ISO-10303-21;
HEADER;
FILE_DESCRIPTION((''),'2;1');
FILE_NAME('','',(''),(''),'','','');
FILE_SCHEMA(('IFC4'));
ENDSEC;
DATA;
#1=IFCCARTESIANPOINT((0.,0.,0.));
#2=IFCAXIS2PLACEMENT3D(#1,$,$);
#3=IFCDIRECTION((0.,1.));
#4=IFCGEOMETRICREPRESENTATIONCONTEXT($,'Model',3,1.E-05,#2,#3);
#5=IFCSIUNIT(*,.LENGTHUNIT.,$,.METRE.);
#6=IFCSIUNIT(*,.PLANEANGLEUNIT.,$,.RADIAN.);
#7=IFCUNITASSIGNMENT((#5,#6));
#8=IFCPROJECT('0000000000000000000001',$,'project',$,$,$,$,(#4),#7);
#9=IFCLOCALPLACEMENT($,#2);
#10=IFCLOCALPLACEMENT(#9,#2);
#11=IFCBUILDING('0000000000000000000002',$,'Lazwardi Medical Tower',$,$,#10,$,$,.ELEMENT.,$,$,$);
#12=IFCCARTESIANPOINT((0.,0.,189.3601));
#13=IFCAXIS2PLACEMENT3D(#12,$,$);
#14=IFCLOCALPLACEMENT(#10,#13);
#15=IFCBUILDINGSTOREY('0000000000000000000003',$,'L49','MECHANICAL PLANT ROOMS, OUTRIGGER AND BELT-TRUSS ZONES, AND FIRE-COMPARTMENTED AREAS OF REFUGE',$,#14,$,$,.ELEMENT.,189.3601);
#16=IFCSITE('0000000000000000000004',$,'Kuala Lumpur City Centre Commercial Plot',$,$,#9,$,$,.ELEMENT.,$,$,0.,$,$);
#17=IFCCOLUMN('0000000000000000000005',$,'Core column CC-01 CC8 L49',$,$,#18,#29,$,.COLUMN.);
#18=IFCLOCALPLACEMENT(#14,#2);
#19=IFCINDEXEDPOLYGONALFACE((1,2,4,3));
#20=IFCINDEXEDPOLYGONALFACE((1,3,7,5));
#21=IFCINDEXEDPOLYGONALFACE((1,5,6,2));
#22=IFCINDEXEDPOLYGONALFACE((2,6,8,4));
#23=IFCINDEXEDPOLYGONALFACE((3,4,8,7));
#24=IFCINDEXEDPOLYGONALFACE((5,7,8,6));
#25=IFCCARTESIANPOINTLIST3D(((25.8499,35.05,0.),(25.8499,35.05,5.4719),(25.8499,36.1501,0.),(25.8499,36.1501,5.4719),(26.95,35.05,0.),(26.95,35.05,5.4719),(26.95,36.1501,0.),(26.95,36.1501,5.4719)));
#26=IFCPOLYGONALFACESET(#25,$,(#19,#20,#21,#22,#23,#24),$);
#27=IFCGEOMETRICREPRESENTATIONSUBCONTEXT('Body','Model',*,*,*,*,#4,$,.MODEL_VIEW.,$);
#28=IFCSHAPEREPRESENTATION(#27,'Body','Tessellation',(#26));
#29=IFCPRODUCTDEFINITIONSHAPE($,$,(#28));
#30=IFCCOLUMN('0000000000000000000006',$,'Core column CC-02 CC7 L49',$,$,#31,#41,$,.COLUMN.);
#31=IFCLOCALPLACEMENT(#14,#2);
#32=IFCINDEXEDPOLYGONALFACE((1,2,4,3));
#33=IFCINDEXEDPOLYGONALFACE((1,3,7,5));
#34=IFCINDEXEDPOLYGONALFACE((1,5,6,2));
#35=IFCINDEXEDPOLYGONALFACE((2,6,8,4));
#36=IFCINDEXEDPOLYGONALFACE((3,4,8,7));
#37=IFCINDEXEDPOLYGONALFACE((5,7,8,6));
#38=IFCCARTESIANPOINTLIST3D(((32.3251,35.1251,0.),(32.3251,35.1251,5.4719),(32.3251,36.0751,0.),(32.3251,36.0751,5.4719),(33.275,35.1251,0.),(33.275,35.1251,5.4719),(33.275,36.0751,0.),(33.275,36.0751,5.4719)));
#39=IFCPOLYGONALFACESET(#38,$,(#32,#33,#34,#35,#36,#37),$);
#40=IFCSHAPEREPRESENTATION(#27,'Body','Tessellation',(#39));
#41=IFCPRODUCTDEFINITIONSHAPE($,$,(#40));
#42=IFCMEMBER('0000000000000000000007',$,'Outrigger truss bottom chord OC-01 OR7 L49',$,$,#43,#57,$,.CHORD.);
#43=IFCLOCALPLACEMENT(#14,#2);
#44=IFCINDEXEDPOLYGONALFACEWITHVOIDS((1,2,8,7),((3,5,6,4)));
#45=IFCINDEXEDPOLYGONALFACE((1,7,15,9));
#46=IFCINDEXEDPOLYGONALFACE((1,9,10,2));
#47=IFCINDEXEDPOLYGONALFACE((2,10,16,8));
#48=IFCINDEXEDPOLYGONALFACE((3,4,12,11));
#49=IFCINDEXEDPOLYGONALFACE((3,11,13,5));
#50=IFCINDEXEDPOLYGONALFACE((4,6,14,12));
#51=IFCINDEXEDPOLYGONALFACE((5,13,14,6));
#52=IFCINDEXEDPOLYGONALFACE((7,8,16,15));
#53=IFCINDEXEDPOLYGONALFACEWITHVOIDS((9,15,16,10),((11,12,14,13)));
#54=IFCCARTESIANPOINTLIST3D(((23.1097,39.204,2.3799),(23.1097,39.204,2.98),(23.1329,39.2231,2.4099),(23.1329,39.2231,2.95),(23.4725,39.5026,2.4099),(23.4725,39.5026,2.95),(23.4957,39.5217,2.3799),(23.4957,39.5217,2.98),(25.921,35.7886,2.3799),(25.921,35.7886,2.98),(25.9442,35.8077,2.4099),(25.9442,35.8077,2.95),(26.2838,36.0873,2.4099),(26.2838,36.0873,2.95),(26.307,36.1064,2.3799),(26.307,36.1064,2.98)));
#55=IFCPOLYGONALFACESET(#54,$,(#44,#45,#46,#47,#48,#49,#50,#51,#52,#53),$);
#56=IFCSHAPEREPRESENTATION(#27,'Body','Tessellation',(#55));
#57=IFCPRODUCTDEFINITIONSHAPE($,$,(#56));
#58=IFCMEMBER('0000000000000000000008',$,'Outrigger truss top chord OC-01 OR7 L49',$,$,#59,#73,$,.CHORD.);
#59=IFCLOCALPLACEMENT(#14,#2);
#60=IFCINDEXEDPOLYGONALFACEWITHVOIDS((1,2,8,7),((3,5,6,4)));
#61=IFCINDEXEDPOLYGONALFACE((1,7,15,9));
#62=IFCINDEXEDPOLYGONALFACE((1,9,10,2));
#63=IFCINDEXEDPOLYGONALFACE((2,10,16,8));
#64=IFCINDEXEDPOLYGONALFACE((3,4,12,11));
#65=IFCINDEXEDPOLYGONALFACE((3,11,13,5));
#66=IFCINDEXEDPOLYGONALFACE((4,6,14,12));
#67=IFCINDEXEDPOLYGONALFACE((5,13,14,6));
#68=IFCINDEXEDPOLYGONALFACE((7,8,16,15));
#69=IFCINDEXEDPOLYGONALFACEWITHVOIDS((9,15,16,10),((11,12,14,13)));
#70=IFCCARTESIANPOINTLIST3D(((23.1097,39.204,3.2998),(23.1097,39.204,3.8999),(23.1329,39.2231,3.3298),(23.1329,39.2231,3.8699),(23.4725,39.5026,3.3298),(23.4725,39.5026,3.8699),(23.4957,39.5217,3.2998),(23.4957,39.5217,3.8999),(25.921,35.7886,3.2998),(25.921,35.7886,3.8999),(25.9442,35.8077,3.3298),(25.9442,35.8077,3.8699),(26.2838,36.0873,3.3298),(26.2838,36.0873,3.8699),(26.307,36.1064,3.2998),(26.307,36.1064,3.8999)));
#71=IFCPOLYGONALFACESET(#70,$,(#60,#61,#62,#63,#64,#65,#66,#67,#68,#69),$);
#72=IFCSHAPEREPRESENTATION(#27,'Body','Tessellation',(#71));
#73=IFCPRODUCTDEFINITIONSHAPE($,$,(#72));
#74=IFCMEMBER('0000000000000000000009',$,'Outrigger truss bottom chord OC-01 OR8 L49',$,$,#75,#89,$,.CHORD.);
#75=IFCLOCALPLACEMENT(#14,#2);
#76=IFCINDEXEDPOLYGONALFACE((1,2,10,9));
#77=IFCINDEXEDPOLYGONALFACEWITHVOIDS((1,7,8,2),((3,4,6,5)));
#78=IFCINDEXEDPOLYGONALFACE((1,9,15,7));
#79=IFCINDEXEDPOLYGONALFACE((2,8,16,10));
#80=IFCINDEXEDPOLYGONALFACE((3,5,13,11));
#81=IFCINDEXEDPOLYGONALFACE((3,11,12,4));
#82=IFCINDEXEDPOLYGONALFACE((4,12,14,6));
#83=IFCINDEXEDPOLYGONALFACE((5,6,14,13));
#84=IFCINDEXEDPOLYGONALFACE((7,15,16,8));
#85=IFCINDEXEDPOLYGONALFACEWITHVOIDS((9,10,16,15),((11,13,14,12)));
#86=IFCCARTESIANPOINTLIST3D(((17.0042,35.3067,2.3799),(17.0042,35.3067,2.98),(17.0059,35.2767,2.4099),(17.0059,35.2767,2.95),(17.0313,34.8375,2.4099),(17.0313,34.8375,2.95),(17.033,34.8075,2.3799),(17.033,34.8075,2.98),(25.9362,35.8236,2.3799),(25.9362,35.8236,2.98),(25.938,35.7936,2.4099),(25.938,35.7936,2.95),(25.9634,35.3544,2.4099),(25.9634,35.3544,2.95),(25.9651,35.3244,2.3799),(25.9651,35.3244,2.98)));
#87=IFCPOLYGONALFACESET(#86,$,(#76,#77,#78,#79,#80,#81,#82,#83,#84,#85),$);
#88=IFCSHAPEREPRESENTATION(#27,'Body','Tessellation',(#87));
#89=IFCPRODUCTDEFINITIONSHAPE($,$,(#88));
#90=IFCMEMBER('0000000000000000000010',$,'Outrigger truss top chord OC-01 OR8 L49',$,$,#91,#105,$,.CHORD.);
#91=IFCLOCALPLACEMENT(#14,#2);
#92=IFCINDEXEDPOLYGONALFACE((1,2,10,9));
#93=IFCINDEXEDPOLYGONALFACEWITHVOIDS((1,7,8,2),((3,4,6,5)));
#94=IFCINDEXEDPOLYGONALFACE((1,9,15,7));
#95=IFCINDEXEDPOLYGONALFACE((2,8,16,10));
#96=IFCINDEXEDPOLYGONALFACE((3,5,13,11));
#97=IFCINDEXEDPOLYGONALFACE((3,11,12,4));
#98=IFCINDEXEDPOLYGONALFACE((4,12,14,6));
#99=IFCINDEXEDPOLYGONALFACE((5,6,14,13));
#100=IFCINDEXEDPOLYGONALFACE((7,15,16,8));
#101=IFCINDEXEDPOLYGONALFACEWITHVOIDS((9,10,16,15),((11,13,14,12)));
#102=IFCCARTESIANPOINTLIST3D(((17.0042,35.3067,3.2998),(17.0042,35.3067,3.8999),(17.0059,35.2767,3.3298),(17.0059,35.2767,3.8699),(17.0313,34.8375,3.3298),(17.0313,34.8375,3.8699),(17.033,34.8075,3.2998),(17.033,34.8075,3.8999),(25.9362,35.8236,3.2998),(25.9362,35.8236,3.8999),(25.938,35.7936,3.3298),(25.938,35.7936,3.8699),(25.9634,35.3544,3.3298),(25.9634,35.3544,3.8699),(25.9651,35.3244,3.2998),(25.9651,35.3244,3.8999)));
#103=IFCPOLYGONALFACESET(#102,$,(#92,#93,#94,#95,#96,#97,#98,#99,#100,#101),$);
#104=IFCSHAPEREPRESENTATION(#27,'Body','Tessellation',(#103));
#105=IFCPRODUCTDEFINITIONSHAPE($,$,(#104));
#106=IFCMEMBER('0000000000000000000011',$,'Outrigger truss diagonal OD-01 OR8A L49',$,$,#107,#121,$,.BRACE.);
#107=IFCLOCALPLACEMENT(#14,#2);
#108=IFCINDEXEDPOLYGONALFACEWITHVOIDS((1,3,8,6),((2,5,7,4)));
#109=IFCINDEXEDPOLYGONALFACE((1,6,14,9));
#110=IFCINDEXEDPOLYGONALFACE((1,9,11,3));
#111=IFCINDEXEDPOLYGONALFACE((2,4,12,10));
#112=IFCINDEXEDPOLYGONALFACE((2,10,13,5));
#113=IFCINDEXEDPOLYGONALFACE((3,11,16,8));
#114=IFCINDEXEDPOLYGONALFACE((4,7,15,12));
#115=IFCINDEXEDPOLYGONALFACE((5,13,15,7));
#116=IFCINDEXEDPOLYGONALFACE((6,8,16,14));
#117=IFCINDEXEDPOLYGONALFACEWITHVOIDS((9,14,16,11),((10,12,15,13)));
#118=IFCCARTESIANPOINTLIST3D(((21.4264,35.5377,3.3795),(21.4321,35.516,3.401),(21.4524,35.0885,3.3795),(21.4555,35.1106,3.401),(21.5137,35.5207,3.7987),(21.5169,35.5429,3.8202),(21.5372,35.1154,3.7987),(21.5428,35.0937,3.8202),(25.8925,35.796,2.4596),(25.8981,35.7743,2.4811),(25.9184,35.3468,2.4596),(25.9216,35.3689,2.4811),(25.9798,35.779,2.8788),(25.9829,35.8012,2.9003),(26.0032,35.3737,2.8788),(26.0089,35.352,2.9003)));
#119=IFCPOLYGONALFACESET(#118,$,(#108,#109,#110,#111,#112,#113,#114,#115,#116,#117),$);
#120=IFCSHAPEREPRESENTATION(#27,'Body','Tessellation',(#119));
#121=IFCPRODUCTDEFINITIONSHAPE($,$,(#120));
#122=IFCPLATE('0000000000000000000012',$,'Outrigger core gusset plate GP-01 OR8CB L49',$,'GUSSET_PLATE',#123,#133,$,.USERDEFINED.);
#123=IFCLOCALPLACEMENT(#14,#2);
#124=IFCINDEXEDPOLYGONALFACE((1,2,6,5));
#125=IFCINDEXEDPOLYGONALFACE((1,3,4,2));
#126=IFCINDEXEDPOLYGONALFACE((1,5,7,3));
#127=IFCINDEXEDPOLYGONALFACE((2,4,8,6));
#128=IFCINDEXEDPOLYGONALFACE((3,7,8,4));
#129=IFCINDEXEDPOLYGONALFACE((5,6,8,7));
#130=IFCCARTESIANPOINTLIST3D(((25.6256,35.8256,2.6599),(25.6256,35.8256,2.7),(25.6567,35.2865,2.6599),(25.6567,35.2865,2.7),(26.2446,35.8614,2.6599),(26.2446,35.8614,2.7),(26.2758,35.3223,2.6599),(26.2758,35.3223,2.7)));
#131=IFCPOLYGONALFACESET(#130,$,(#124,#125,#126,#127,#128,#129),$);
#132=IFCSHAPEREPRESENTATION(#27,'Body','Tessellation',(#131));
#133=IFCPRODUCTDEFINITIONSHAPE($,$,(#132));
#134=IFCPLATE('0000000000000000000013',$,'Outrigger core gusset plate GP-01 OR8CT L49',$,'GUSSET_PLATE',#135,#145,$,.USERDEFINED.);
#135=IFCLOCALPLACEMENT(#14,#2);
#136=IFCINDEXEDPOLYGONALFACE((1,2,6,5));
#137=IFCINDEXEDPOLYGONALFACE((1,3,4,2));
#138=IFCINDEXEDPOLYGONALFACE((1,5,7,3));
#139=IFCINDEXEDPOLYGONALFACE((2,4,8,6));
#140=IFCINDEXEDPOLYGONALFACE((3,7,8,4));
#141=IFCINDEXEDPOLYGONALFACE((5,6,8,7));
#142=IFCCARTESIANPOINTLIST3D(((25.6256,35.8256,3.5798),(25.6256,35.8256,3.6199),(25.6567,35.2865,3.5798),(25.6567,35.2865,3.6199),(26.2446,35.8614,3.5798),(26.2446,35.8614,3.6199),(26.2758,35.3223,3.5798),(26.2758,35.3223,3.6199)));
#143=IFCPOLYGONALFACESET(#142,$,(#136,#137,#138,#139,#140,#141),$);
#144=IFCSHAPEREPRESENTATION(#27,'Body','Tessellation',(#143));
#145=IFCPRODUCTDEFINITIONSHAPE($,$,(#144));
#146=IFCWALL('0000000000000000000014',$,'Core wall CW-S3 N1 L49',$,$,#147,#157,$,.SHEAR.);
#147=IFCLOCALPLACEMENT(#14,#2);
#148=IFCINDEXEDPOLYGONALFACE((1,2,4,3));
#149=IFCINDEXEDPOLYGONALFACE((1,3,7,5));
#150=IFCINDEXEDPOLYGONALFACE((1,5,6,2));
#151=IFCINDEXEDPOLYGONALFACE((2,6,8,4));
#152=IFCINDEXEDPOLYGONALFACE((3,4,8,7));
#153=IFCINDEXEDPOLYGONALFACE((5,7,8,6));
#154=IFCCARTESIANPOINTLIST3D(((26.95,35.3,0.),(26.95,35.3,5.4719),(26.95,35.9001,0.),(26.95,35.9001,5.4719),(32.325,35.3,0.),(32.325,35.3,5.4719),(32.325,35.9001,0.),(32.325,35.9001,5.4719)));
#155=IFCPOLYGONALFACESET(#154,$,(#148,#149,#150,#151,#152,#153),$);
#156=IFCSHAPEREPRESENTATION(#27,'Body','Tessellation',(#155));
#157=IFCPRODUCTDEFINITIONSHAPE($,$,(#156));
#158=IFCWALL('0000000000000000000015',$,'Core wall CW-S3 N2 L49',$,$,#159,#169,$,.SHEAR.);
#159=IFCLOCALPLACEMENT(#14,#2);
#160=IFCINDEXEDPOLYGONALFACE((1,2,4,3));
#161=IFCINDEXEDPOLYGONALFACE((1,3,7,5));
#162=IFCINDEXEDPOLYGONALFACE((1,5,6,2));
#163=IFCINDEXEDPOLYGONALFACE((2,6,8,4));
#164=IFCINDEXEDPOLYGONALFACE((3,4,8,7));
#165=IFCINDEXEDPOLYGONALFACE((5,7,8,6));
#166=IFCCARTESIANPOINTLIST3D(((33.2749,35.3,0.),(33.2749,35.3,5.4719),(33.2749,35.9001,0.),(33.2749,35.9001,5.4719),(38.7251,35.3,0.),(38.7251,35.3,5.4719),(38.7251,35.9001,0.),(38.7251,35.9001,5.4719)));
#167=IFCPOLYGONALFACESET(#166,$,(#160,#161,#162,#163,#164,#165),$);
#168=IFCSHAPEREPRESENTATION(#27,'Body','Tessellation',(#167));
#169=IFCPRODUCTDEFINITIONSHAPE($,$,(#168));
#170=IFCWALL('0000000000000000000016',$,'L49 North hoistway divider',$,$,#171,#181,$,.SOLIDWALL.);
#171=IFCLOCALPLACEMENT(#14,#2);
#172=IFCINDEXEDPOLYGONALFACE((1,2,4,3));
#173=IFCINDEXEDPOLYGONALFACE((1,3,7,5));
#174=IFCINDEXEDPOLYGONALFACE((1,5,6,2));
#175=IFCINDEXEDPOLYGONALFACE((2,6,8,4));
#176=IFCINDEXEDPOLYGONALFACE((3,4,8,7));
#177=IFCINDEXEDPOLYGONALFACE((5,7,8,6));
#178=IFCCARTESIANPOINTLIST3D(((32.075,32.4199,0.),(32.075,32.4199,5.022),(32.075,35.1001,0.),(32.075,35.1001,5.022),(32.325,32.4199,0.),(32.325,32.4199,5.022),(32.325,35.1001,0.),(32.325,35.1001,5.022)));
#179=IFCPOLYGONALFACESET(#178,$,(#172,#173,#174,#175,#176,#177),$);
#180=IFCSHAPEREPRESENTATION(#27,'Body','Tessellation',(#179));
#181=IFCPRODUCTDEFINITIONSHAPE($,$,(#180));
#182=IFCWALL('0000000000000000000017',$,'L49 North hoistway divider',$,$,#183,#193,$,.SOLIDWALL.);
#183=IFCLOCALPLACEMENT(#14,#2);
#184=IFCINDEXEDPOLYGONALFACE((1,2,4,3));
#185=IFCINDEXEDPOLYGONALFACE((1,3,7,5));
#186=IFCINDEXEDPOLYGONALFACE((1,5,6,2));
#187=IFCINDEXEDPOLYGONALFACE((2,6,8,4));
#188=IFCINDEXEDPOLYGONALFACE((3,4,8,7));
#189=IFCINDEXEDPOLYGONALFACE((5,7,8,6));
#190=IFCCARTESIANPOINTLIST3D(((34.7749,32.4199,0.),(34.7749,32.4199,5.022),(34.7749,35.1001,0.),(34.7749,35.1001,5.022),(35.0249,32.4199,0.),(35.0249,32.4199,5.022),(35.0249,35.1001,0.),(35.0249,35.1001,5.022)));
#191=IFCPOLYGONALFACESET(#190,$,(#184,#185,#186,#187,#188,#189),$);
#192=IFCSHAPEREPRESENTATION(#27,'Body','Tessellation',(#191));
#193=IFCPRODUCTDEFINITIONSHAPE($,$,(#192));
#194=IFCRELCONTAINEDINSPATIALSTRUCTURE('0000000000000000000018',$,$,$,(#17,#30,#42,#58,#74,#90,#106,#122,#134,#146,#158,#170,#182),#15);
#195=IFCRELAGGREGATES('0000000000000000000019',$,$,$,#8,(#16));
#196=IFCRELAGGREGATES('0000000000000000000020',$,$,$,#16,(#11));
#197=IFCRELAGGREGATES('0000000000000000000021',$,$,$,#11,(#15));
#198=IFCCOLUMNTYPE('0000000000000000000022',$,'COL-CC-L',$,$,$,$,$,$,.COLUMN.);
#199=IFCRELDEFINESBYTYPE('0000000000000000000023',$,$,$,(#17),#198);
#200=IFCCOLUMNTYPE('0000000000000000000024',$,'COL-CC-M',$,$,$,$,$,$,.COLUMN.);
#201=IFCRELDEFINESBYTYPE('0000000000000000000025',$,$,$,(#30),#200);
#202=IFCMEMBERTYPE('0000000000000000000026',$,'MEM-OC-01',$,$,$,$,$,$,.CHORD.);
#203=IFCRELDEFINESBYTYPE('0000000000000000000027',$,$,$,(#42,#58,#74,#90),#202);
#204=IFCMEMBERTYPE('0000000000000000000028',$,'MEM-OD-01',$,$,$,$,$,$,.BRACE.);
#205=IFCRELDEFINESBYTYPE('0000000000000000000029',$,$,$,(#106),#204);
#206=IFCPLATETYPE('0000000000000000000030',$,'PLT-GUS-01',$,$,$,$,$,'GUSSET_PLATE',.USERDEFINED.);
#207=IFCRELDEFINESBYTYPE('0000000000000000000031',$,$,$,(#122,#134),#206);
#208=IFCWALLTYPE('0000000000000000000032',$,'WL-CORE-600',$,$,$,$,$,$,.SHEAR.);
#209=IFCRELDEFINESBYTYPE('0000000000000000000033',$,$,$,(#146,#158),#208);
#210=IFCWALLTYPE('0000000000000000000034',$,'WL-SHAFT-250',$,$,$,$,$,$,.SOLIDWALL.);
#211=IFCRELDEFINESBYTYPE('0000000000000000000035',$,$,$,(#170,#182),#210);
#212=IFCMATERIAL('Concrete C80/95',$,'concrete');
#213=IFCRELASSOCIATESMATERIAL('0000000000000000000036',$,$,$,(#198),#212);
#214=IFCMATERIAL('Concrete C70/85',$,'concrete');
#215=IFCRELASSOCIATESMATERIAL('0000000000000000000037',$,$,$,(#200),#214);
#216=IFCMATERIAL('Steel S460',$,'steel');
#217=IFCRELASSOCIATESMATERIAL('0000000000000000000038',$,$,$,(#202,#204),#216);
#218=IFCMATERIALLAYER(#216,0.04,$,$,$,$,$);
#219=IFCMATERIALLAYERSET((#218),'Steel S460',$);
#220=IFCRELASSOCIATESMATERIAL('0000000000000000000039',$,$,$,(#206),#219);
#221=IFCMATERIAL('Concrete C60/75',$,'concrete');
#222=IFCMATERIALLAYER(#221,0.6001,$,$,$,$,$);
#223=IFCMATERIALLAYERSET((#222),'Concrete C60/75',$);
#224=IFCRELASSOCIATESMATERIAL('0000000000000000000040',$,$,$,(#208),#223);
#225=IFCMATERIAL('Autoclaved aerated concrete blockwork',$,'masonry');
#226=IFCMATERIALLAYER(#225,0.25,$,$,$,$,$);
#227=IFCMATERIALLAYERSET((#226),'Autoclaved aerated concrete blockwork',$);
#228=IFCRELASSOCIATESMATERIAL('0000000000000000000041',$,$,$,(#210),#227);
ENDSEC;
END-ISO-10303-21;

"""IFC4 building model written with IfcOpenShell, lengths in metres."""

from ifc_helpers import new_model, si_unit, direction, frame, frame_2d, origin, origin_2d, place, context, subcontext, project, spatial, rectangle, hollow_rectangle, extrude, material, layer, layer_set, material_profile, profile_set, type_object, element, save


model = new_model("IFC4")

# Units and contexts
model_context = context("Model", 3, precision=1e-05, world=origin(), true_north=direction((0.0, 1.0)))
body_context = subcontext(model_context, "Body", "Model", "MODEL_VIEW")
ifc_project = project(units=[si_unit("LENGTHUNIT", "METRE"), si_unit("PLANEANGLEUNIT", "RADIAN")], contexts=[model_context])

# Site, building, storey
site_placement = place(None, origin())
site = spatial("IfcSite", under=ifc_project, at=site_placement, Name="Kuala Lumpur City Centre Commercial Plot", CompositionType="ELEMENT", RefElevation=0.0)
building_placement = place(site_placement, origin())
building = spatial("IfcBuilding", under=site, at=building_placement, Name="Lazwardi Medical Tower", CompositionType="ELEMENT")
storey_placement = place(building_placement, frame((0.0, 0.0, 189.3601)))
storey = spatial("IfcBuildingStorey", under=building, at=storey_placement, Name="L49", Description="MECHANICAL PLANT ROOMS, OUTRIGGER AND BELT-TRUSS ZONES, AND FIRE-COMPARTMENTED AREAS OF REFUGE", CompositionType="ELEMENT", Elevation=189.3601)

# Columns
ifc_material_1 = material(Name="Concrete C80/95", Category="concrete")
ifc_material_profile_1 = material_profile(ifc_material_1, rectangle(XDim=1.1001, YDim=1.1001, at=origin_2d()), Name="RC 1100x1100")
ifc_profile_set_1 = profile_set([ifc_material_profile_1], Name="Concrete C80/95")
column_type_1 = type_object("IfcColumnType", Name="COL-CC-L", PredefinedType="COLUMN", material=ifc_profile_set_1)
column_1_placement = place(storey_placement, frame((26.3999, 35.6001, 0.0), z_axis=(0.0, 0.0, 1.0), x_axis=(1.0, 0.0, 0.0)))
element("IfcColumn", 1, at=column_1_placement, inside=storey, type_object=column_type_1, Name="Core column CC-01 CC8 L49", PredefinedType="COLUMN", context=body_context, shape_type="SweptSolid", body=[
    extrude(rectangle(XDim=1.1001, YDim=1.1001, at=origin_2d()), origin(), (0.0, 0.0, 1.0), 5.4719),
])
ifc_material_2 = material(Name="Concrete C70/85", Category="concrete")
ifc_material_profile_2 = material_profile(ifc_material_2, rectangle(XDim=0.95, YDim=0.95, at=origin_2d()), Name="RC 950x950")
ifc_profile_set_2 = profile_set([ifc_material_profile_2], Name="Concrete C70/85")
column_type_2 = type_object("IfcColumnType", Name="COL-CC-M", PredefinedType="COLUMN", material=ifc_profile_set_2)
column_2_placement = place(storey_placement, frame((32.8, 35.6001, 0.0), z_axis=(0.0, 0.0, 1.0), x_axis=(1.0, 0.0, 0.0)))
element("IfcColumn", 2, at=column_2_placement, inside=storey, type_object=column_type_2, Name="Core column CC-02 CC7 L49", PredefinedType="COLUMN", context=body_context, shape_type="SweptSolid", body=[
    extrude(rectangle(XDim=0.95, YDim=0.95, at=origin_2d()), origin(), (0.0, 0.0, 1.0), 5.4719),
])

# Members
ifc_material_3 = material(Name="Steel S460", Category="steel")
ifc_material_profile_3 = material_profile(ifc_material_3, hollow_rectangle(XDim=0.5, YDim=0.6001, WallThickness=0.03, at=origin_2d()), Name="RHS 600x500x30")
ifc_profile_set_3 = profile_set([ifc_material_profile_3], Name="Steel S460")
member_type_1 = type_object("IfcMemberType", Name="MEM-OC-01", PredefinedType="CHORD", material=ifc_profile_set_3)
for number, where, z_axis, x_axis, name in (
    (3, (26.114, 35.9475, 2.6799), (-0.635531, 0.772075, 0.0), (-0.772075, -0.635531, 0.0), "Outrigger truss bottom chord OC-01 OR7 L49"),
    (4, (26.114, 35.9475, 3.5999), (-0.635531, 0.772075, 0.0), (-0.772075, -0.635531, 0.0), "Outrigger truss top chord OC-01 OR7 L49"),
):
    element("IfcMember", number, at=place(storey_placement, frame(where, z_axis=z_axis, x_axis=x_axis)), inside=storey, type_object=member_type_1, Name=name, PredefinedType="CHORD", context=body_context, shape_type="SweptSolid", body=[
        extrude(hollow_rectangle(XDim=0.5, YDim=0.6001, WallThickness=0.03, at=origin_2d()), origin(), (0.0, 0.0, 1.0), 4.4236),
    ])
for number, where, z_axis, x_axis, name in (
    (5, (25.9507, 35.574, 2.6799), (-0.99833, -0.057767, 0.0), (0.057767, -0.99833, 0.0), "Outrigger truss bottom chord OC-01 OR8 L49"),
    (6, (25.9507, 35.574, 3.5999), (-0.99833, -0.057767, 0.0), (0.057767, -0.99833, 0.0), "Outrigger truss top chord OC-01 OR8 L49"),
):
    element("IfcMember", number, at=place(storey_placement, frame(where, z_axis=z_axis, x_axis=x_axis)), inside=storey, type_object=member_type_1, Name=name, PredefinedType="CHORD", context=body_context, shape_type="SweptSolid", body=[
        extrude(hollow_rectangle(XDim=0.5, YDim=0.6001, WallThickness=0.03, at=origin_2d()), origin(), (0.0, 0.0, 1.0), 8.947),
    ])
ifc_material_profile_4 = material_profile(ifc_material_3, hollow_rectangle(XDim=0.45, YDim=0.45, WallThickness=0.022, at=origin_2d()), Name="RHS 450x450x22")
ifc_profile_set_4 = profile_set([ifc_material_profile_4], Name="Steel S460")
member_type_2 = type_object("IfcMemberType", Name="MEM-OD-01", PredefinedType="BRACE", material=ifc_profile_set_4)
member_placement = place(storey_placement, frame((25.9507, 35.574, 2.6799), z_axis=(-0.97787, -0.056556, 0.201422), x_axis=(0.05774, -0.998332, 0.0)))
element("IfcMember", 7, at=member_placement, inside=storey, type_object=member_type_2, Name="Outrigger truss diagonal OD-01 OR8A L49", PredefinedType="BRACE", context=body_context, shape_type="SweptSolid", body=[
    extrude(hollow_rectangle(XDim=0.45, YDim=0.45, WallThickness=0.022, at=origin_2d()), origin(), (0.0, 0.0, 1.0), 4.5671),
])

# Plates
ifc_layer_1 = layer(ifc_material_3, 0.04)
ifc_layer_set_1 = layer_set([ifc_layer_1], Name="Steel S460")
plate_type = type_object("IfcPlateType", Name="PLT-GUS-01", ElementType="GUSSET_PLATE", PredefinedType="USERDEFINED", material=ifc_layer_set_1)
for number, where, z_axis, x_axis, name in (
    (8, (25.9507, 35.574, 2.6599), (0.0, 0.0, 1.0), (-0.998332, -0.057738, 0.0), "Outrigger core gusset plate GP-01 OR8CB L49"),
    (9, (25.9507, 35.574, 3.5798), (0.0, 0.0, 1.0), (-0.998332, -0.057738, 0.0), "Outrigger core gusset plate GP-01 OR8CT L49"),
):
    element("IfcPlate", number, at=place(storey_placement, frame(where, z_axis=z_axis, x_axis=x_axis)), inside=storey, type_object=plate_type, Name=name, ObjectType="GUSSET_PLATE", PredefinedType="USERDEFINED", context=body_context, shape_type="SweptSolid", body=[
        extrude(rectangle(XDim=0.6201, YDim=0.54, at=origin_2d()), origin(), (0.0, 0.0, 1.0), 0.04),
    ])

# Walls
ifc_material_4 = material(Name="Concrete C60/75", Category="concrete")
ifc_layer_2 = layer(ifc_material_4, 0.6001)
ifc_layer_set_2 = layer_set([ifc_layer_2], Name="Concrete C60/75")
wall_type_1 = type_object("IfcWallType", Name="WL-CORE-600", PredefinedType="SHEAR", material=ifc_layer_set_2)
wall_1_placement = place(storey_placement, frame((26.95, 35.6001, 0.0), z_axis=(0.0, 0.0, 1.0), x_axis=(1.0, 0.0, 0.0)))
element("IfcWall", 10, at=wall_1_placement, inside=storey, type_object=wall_type_1, Name="Core wall CW-S3 N1 L49", PredefinedType="SHEAR", context=body_context, shape_type="SweptSolid", body=[
    extrude(rectangle(XDim=5.375, YDim=0.6001, at=frame_2d((2.6875, 0.0))), origin(), (0.0, 0.0, 1.0), 5.4719),
])
wall_2_placement = place(storey_placement, frame((33.2749, 35.6001, 0.0), z_axis=(0.0, 0.0, 1.0), x_axis=(1.0, 0.0, 0.0)))
element("IfcWall", 11, at=wall_2_placement, inside=storey, type_object=wall_type_1, Name="Core wall CW-S3 N2 L49", PredefinedType="SHEAR", context=body_context, shape_type="SweptSolid", body=[
    extrude(rectangle(XDim=5.4502, YDim=0.6001, at=frame_2d((2.7251, 0.0))), origin(), (0.0, 0.0, 1.0), 5.4719),
])
ifc_material_5 = material(Name="Autoclaved aerated concrete blockwork", Category="masonry")
ifc_layer_3 = layer(ifc_material_5, 0.25)
ifc_layer_set_3 = layer_set([ifc_layer_3], Name="Autoclaved aerated concrete blockwork")
wall_type_2 = type_object("IfcWallType", Name="WL-SHAFT-250", PredefinedType="SOLIDWALL", material=ifc_layer_set_3)
for number, where, z_axis, x_axis, name in (
    (12, (32.2, 32.4199, 0.0), (0.0, 0.0, 1.0), (0.0, 1.0, 0.0), "L49 North hoistway divider"),
    (13, (34.8999, 32.4199, 0.0), (0.0, 0.0, 1.0), (0.0, 1.0, 0.0), "L49 North hoistway divider"),
):
    element("IfcWall", number, at=place(storey_placement, frame(where, z_axis=z_axis, x_axis=x_axis)), inside=storey, type_object=wall_type_2, Name=name, PredefinedType="SOLIDWALL", context=body_context, shape_type="SweptSolid", body=[
        extrude(rectangle(XDim=2.6802, YDim=0.25, at=frame_2d((1.3401, 0.0))), origin(), (0.0, 0.0, 1.0), 5.022),
    ])

save(model, "model.ifc")
